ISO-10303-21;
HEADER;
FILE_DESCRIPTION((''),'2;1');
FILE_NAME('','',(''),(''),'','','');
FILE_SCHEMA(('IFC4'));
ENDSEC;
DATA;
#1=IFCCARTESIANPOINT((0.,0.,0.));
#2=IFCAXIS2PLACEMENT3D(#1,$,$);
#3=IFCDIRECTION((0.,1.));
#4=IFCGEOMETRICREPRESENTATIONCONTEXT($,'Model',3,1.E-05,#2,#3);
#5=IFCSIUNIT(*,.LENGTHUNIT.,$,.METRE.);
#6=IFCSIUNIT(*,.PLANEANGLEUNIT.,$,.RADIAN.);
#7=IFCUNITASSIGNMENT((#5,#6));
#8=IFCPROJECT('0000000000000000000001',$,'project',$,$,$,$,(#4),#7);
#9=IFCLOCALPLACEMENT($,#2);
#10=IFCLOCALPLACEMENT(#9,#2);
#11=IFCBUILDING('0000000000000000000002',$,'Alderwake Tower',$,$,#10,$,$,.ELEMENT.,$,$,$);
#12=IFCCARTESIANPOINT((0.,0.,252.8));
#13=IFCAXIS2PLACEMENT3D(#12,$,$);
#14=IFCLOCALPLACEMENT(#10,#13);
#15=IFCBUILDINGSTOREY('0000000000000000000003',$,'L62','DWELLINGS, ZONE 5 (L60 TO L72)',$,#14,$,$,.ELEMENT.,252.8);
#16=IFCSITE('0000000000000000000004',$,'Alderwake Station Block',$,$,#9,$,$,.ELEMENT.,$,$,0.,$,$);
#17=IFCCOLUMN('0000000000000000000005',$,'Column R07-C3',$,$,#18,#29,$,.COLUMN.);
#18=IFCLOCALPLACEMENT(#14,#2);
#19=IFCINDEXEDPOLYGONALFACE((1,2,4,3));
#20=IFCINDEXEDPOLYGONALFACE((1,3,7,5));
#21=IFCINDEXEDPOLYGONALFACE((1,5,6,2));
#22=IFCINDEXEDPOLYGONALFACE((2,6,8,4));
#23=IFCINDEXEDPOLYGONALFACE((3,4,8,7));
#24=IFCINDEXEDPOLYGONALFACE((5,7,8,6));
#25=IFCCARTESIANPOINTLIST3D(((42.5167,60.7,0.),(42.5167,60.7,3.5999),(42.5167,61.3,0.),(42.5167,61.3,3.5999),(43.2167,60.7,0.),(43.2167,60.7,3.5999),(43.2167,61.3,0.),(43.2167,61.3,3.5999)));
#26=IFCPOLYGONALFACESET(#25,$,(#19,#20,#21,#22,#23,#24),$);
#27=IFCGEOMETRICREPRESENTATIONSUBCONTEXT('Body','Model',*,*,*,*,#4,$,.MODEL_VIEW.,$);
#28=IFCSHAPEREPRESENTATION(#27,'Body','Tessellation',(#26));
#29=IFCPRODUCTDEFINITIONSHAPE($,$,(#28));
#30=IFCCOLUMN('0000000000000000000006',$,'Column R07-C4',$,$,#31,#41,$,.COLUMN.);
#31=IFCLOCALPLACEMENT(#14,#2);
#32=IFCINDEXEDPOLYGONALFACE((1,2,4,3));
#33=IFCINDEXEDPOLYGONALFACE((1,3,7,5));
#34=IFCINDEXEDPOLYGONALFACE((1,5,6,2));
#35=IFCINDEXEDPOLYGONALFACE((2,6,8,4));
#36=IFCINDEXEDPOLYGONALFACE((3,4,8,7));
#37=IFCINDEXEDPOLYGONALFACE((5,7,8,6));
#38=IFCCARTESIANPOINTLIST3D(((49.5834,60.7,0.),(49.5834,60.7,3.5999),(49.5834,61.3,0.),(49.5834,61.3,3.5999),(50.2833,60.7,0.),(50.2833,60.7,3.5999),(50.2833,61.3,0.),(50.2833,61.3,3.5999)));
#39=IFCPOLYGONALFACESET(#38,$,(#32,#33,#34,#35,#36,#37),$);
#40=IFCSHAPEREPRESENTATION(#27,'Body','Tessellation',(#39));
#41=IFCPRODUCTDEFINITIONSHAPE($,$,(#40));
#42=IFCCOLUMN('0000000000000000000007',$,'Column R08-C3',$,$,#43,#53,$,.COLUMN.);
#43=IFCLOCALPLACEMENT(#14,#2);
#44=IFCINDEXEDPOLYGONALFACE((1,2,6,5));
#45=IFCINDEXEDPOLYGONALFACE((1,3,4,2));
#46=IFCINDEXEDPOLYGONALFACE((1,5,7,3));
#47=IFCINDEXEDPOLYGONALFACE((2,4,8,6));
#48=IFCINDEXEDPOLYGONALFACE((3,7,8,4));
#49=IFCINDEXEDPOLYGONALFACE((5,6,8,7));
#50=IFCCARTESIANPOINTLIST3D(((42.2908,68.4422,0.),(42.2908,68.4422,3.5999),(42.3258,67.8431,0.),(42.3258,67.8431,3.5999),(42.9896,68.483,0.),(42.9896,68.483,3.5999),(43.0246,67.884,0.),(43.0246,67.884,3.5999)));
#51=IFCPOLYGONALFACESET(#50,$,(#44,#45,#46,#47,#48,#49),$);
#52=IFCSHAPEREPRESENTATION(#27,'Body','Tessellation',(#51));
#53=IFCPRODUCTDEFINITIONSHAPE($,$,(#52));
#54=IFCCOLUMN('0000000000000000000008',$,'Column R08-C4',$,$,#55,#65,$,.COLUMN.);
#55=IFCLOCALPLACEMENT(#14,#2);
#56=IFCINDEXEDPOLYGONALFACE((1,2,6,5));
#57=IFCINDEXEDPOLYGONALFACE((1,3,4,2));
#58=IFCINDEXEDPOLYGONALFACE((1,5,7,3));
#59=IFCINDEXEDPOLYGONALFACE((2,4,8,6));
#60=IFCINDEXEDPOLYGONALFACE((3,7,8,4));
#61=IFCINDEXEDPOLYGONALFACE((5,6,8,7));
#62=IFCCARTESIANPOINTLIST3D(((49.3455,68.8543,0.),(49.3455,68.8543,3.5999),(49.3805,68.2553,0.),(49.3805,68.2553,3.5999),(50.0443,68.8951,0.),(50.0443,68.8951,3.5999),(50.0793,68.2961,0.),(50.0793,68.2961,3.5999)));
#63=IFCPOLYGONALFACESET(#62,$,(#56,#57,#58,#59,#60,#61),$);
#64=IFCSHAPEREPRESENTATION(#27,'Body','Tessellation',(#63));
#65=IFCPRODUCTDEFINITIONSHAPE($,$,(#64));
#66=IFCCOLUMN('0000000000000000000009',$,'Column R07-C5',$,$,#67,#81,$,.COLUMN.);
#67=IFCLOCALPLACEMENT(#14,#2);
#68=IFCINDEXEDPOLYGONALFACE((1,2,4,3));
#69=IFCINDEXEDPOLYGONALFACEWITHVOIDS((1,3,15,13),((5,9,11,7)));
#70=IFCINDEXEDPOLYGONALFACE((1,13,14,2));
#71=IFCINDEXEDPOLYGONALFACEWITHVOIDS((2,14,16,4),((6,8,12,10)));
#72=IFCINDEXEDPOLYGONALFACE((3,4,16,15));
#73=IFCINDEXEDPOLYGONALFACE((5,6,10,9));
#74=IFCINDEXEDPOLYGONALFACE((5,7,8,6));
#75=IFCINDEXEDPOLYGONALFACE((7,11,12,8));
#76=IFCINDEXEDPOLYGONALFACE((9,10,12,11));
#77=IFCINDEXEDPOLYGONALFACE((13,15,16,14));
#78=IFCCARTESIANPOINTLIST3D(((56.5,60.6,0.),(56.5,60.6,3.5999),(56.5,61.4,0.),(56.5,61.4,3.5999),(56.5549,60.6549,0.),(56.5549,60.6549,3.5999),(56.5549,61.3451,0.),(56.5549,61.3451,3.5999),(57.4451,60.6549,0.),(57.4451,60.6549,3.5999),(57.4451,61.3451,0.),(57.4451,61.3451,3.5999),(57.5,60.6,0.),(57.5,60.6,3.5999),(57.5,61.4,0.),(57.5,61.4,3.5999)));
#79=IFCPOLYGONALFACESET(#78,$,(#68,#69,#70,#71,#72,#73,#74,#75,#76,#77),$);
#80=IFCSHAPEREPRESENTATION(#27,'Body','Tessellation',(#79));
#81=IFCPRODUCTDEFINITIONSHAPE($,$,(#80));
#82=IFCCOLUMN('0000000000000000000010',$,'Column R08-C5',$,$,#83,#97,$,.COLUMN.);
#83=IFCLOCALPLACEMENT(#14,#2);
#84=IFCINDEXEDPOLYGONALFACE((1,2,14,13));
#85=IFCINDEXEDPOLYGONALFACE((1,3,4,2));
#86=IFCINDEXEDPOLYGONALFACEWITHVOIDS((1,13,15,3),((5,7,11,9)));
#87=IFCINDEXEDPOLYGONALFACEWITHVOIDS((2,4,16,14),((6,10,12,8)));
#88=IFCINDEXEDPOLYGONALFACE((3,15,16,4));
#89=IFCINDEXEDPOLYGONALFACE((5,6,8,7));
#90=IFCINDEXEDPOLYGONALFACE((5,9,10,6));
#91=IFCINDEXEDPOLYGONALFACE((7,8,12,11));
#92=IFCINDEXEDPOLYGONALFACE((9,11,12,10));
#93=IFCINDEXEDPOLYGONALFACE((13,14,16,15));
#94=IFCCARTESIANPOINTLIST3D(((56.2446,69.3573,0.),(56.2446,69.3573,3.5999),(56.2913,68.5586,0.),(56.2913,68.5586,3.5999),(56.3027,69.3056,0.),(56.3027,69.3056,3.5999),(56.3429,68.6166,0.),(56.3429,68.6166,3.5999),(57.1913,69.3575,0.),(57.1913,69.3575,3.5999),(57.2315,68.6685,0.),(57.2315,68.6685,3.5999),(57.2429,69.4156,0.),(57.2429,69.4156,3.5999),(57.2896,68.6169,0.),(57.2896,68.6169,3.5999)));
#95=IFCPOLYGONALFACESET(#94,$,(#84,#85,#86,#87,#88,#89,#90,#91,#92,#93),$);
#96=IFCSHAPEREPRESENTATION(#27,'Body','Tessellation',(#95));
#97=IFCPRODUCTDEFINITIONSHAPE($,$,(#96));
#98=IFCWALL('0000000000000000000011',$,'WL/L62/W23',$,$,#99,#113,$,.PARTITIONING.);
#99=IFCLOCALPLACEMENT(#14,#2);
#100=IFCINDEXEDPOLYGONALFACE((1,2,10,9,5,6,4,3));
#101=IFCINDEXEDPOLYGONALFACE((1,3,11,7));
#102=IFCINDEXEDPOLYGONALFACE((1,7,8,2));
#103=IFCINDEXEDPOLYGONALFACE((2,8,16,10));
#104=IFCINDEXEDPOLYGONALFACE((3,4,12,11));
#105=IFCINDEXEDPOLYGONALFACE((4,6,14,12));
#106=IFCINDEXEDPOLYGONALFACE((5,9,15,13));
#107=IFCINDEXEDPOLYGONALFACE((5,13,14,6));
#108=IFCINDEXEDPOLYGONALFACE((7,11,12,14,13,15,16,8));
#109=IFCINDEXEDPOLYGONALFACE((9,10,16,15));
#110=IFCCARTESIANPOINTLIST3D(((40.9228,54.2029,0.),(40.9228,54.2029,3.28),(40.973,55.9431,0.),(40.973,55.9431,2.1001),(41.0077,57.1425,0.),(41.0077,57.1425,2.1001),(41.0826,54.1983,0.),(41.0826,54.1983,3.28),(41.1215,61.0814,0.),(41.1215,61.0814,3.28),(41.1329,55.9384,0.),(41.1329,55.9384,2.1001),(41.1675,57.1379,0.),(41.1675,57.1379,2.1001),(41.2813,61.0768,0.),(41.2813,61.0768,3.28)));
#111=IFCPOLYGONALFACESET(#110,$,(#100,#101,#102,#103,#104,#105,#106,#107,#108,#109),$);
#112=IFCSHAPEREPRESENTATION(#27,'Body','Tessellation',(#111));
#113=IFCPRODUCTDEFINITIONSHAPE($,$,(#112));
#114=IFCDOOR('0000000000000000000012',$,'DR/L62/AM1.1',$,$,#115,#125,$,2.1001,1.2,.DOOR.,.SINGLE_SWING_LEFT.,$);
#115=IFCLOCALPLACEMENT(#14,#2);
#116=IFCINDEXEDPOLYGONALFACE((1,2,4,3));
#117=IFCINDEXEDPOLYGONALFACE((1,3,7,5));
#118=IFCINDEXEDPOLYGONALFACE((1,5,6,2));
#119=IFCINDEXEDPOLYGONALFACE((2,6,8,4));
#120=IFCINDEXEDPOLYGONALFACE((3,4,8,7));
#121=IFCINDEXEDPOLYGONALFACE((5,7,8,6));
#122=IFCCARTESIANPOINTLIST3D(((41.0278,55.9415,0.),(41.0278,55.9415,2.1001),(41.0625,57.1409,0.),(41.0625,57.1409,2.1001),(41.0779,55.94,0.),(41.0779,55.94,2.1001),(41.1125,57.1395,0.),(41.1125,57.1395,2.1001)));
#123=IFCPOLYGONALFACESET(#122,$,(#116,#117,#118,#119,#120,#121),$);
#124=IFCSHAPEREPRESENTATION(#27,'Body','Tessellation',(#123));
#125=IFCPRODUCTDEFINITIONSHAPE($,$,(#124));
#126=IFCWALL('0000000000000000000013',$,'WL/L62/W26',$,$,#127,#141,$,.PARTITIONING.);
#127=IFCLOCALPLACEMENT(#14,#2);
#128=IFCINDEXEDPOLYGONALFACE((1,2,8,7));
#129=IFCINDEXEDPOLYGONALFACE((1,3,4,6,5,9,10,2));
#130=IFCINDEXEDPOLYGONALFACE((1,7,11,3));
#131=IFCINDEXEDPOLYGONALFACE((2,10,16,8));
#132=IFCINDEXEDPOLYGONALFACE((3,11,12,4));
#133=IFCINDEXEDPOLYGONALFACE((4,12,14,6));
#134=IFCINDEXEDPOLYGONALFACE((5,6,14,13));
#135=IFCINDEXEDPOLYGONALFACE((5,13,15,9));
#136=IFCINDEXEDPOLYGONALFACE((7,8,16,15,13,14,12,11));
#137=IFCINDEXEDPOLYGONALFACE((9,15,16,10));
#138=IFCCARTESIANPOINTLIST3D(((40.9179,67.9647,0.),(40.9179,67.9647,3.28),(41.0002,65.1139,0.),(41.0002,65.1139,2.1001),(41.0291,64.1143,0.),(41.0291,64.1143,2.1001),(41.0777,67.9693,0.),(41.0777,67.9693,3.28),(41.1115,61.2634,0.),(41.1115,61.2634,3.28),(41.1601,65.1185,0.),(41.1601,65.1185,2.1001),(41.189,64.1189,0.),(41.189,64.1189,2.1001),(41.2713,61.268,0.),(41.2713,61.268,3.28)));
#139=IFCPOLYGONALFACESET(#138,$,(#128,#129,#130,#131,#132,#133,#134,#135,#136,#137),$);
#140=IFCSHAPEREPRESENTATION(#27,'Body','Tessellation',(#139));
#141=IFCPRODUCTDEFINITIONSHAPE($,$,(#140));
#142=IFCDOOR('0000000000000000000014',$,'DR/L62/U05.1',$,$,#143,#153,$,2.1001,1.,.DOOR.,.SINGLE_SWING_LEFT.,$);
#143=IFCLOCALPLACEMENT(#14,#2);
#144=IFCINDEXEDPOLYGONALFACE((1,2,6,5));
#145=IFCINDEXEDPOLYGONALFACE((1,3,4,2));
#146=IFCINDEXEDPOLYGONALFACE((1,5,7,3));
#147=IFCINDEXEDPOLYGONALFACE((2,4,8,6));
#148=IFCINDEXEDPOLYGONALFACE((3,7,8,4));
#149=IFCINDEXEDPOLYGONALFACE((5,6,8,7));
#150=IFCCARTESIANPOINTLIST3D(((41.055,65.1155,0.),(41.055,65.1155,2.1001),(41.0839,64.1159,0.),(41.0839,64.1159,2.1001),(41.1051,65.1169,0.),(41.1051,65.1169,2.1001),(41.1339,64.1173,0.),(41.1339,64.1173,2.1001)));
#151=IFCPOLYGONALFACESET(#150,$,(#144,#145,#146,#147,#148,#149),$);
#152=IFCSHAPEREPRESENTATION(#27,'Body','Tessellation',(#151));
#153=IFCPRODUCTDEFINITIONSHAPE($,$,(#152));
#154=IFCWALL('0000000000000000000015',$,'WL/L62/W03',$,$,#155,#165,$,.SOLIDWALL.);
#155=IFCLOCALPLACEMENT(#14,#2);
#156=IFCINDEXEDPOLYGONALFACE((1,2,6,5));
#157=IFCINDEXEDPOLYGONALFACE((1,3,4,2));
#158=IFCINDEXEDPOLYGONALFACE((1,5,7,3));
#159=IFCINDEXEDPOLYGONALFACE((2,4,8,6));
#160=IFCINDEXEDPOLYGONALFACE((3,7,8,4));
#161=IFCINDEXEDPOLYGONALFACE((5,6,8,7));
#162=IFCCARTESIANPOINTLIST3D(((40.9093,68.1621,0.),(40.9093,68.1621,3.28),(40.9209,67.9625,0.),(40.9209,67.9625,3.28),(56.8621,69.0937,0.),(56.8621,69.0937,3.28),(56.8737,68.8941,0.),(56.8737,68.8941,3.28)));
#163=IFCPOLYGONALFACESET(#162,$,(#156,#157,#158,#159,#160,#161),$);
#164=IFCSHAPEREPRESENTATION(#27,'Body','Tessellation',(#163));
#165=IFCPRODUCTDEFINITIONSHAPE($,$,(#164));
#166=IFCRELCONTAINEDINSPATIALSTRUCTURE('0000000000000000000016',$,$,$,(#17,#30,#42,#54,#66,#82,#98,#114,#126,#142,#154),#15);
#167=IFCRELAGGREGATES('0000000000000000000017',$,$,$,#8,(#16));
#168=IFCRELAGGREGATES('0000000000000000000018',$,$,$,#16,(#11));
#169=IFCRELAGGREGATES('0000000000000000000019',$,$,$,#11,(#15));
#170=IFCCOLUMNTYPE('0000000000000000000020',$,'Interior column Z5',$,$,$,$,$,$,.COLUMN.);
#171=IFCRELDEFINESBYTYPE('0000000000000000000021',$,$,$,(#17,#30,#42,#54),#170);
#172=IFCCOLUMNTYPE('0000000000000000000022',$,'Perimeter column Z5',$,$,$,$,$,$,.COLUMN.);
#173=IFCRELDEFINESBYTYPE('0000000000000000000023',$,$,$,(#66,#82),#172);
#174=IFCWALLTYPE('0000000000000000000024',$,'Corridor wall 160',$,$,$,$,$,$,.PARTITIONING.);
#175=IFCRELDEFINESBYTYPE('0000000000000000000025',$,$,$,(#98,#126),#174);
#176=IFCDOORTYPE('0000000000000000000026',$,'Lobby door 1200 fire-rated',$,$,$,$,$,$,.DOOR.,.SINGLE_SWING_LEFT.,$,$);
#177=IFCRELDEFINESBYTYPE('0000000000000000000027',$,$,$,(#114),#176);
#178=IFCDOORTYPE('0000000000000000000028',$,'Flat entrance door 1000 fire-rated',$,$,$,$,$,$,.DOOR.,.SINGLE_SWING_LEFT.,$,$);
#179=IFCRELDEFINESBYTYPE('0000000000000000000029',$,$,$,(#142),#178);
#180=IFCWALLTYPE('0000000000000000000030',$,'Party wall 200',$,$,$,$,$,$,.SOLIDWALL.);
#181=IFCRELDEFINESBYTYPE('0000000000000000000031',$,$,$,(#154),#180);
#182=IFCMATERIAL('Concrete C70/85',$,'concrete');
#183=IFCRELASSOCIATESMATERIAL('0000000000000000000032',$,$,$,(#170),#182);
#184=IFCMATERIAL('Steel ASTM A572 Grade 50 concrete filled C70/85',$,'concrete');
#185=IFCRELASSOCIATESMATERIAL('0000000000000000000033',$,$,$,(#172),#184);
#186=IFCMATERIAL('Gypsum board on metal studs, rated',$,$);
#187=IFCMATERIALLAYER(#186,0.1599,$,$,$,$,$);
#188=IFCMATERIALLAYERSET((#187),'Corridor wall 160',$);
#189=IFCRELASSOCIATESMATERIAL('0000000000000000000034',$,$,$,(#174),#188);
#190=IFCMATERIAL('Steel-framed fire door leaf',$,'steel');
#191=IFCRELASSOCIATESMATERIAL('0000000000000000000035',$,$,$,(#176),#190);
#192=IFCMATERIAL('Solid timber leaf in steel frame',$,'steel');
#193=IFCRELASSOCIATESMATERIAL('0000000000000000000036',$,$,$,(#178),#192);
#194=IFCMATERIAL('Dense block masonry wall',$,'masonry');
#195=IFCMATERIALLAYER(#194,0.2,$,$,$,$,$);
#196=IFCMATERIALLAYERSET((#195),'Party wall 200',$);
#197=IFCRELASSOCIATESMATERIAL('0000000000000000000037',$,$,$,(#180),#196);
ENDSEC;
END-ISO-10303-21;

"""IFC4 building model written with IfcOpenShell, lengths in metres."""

from ifc_helpers import new_model, si_unit, direction, frame, frame_2d, origin, origin_2d, place, context, subcontext, project, spatial, rectangle, hollow_rectangle, extrude, material, layer, layer_set, material_profile, profile_set, type_object, element, fill, save


model = new_model("IFC4")

# Units and contexts
model_context = context("Model", 3, precision=1e-05, world=origin(), true_north=direction((0.0, 1.0)))
body_context = subcontext(model_context, "Body", "Model", "MODEL_VIEW")
ifc_project = project(units=[si_unit("LENGTHUNIT", "METRE"), si_unit("PLANEANGLEUNIT", "RADIAN")], contexts=[model_context])

# Site, building, storey
site_placement = place(None, origin())
site = spatial("IfcSite", under=ifc_project, at=site_placement, Name="Alderwake Station Block", CompositionType="ELEMENT", RefElevation=0.0)
building_placement = place(site_placement, origin())
building = spatial("IfcBuilding", under=site, at=building_placement, Name="Alderwake Tower", CompositionType="ELEMENT")
storey_placement = place(building_placement, frame((0.0, 0.0, 252.8)))
storey = spatial("IfcBuildingStorey", under=building, at=storey_placement, Name="L62", Description="DWELLINGS, ZONE 5 (L60 TO L72)", CompositionType="ELEMENT", Elevation=252.8)

# Columns
ifc_material_1 = material(Name="Concrete C70/85", Category="concrete")
ifc_material_profile_1 = material_profile(ifc_material_1, rectangle(XDim=0.6001, YDim=0.7, at=origin_2d()), Name="RC 700X600")
ifc_profile_set_1 = profile_set([ifc_material_profile_1], Name="Concrete C70/85")
column_type_1 = type_object("IfcColumnType", Name="Interior column Z5", PredefinedType="COLUMN", material=ifc_profile_set_1)
for number, where, z_axis, x_axis, name in (
    (1, (42.8667, 61.0, 0.0), (0.0, 0.0, 1.0), (0.0, 1.0, 0.0), "Column R07-C3"),
    (2, (49.9333, 61.0, 0.0), (0.0, 0.0, 1.0), (0.0, 1.0, 0.0), "Column R07-C4"),
    (3, (42.6577, 68.1631, 0.0), (0.0, 0.0, 1.0), (-0.058301, 0.998299, 0.0), "Column R08-C3"),
    (4, (49.7124, 68.5752, 0.0), (0.0, 0.0, 1.0), (-0.058299, 0.998299, 0.0), "Column R08-C4"),
):
    element("IfcColumn", number, at=place(storey_placement, frame(where, z_axis=z_axis, x_axis=x_axis)), inside=storey, type_object=column_type_1, Name=name, PredefinedType="COLUMN", context=body_context, shape_type="SweptSolid", body=[
        extrude(rectangle(XDim=0.6001, YDim=0.7, at=origin_2d()), origin(), (0.0, 0.0, 1.0), 3.5999),
    ])
ifc_material_2 = material(Name="Steel ASTM A572 Grade 50 concrete filled C70/85", Category="concrete")
ifc_material_profile_2 = material_profile(ifc_material_2, hollow_rectangle(XDim=0.8, YDim=1.0, WallThickness=0.0549, at=origin_2d()), Name="BOX 1000X800X55")
ifc_profile_set_2 = profile_set([ifc_material_profile_2], Name="Steel ASTM A572 Grade 50 concrete filled C70/85")
column_type_2 = type_object("IfcColumnType", Name="Perimeter column Z5", PredefinedType="COLUMN", material=ifc_profile_set_2)
for number, where, z_axis, x_axis, name in (
    (5, (57.0, 61.0, 0.0), (0.0, 0.0, 1.0), (0.0, 1.0, 0.0), "Column R07-C5"),
    (6, (56.7671, 68.9871, 0.0), (0.0, 0.0, 1.0), (-0.058299, 0.998299, 0.0), "Column R08-C5"),
):
    element("IfcColumn", number, at=place(storey_placement, frame(where, z_axis=z_axis, x_axis=x_axis)), inside=storey, type_object=column_type_2, Name=name, PredefinedType="COLUMN", context=body_context, shape_type="SweptSolid", body=[
        extrude(hollow_rectangle(XDim=0.8, YDim=1.0, WallThickness=0.0549, at=origin_2d()), origin(), (0.0, 0.0, 1.0), 3.5999),
    ])

# Walls, openings, doors
ifc_material_3 = material(Name="Gypsum board on metal studs, rated")
ifc_layer_1 = layer(ifc_material_3, 0.1599)
ifc_layer_set_1 = layer_set([ifc_layer_1], Name="Corridor wall 160")
wall_type_1 = type_object("IfcWallType", Name="Corridor wall 160", PredefinedType="PARTITIONING", material=ifc_layer_set_1)
wall_1_placement = place(storey_placement, frame((41.2014, 61.0791, 0.0), z_axis=(0.0, 0.0, 1.0), x_axis=(-0.02888, -0.999583, 0.0)))
wall_1 = element("IfcWall", 7, at=wall_1_placement, inside=storey, type_object=wall_type_1, Name="WL/L62/W23", PredefinedType="PARTITIONING", context=body_context, shape_type="SweptSolid", body=[
    extrude(rectangle(XDim=6.8813, YDim=0.1599, at=frame_2d((3.4407, 0.0))), origin(), (0.0, 0.0, 1.0), 3.28),
])
opening_1_placement = place(wall_1_placement, frame((3.9404, 0.0, 0.0)))
opening_1 = element("IfcOpeningElement", 8, at=opening_1_placement, cuts=wall_1, PredefinedType="OPENING", context=body_context, shape_type="SweptSolid", body=[
    extrude(rectangle(XDim=1.2, YDim=2.1001, at=frame_2d((0.6001, 1.05))), frame((0.0, 0.0898, 0.0), z_axis=(0.0, -1.0, 0.0), x_axis=(1.0, 0.0, 0.0)), (0.0, 0.0, 1.0), 0.1799),
])
ifc_material_4 = material(Name="Steel-framed fire door leaf", Category="steel")
door_type_1 = type_object("IfcDoorType", Name="Lobby door 1200 fire-rated", OperationType="SINGLE_SWING_LEFT", PredefinedType="DOOR", material=ifc_material_4)
door_1_placement = place(opening_1_placement, origin())
door_1 = element("IfcDoor", 9, at=door_1_placement, inside=storey, type_object=door_type_1, Name="DR/L62/AM1.1", OperationType="SINGLE_SWING_LEFT", OverallHeight=2.1001, OverallWidth=1.2, PredefinedType="DOOR", context=body_context, shape_type="SweptSolid", body=[
    extrude(rectangle(XDim=1.2, YDim=2.1001, at=frame_2d((0.6001, 1.05))), frame((0.0, 0.0249, 0.0), z_axis=(0.0, -1.0, 0.0), x_axis=(1.0, 0.0, 0.0)), (0.0, 0.0, 1.0), 0.05),
])
fill(opening_1, door_1)
wall_2_placement = place(storey_placement, frame((40.9978, 67.967, 0.0), z_axis=(0.0, 0.0, 1.0), x_axis=(0.028878, -0.999583, 0.0)))
wall_2 = element("IfcWall", 10, at=wall_2_placement, inside=storey, type_object=wall_type_1, Name="WL/L62/W26", PredefinedType="PARTITIONING", context=body_context, shape_type="SweptSolid", body=[
    extrude(rectangle(XDim=6.7041, YDim=0.1599, at=frame_2d((3.3521, 0.0))), origin(), (0.0, 0.0, 1.0), 3.28),
])
opening_2_placement = place(wall_2_placement, frame((2.8521, 0.0, 0.0)))
opening_2 = element("IfcOpeningElement", 11, at=opening_2_placement, cuts=wall_2, PredefinedType="OPENING", context=body_context, shape_type="SweptSolid", body=[
    extrude(rectangle(XDim=1.0, YDim=2.1001, at=frame_2d((0.5, 1.05))), frame((0.0, 0.0898, 0.0), z_axis=(0.0, -1.0, 0.0), x_axis=(1.0, 0.0, 0.0)), (0.0, 0.0, 1.0), 0.1799),
])
ifc_material_5 = material(Name="Solid timber leaf in steel frame", Category="steel")
door_type_2 = type_object("IfcDoorType", Name="Flat entrance door 1000 fire-rated", OperationType="SINGLE_SWING_LEFT", PredefinedType="DOOR", material=ifc_material_5)
door_2_placement = place(opening_2_placement, origin())
door_2 = element("IfcDoor", 12, at=door_2_placement, inside=storey, type_object=door_type_2, Name="DR/L62/U05.1", OperationType="SINGLE_SWING_LEFT", OverallHeight=2.1001, OverallWidth=1.0, PredefinedType="DOOR", context=body_context, shape_type="SweptSolid", body=[
    extrude(rectangle(XDim=1.0, YDim=2.1001, at=frame_2d((0.5, 1.05))), frame((0.0, 0.0249, 0.0), z_axis=(0.0, -1.0, 0.0), x_axis=(1.0, 0.0, 0.0)), (0.0, 0.0, 1.0), 0.05),
])
fill(opening_2, door_2)

# Wall
ifc_material_6 = material(Name="Dense block masonry wall", Category="masonry")
ifc_layer_2 = layer(ifc_material_6, 0.2)
ifc_layer_set_2 = layer_set([ifc_layer_2], Name="Party wall 200")
wall_type_2 = type_object("IfcWallType", Name="Party wall 200", PredefinedType="SOLIDWALL", material=ifc_layer_set_2)
wall_3_placement = place(storey_placement, frame((56.8679, 68.9939, 0.0), z_axis=(0.0, 0.0, 1.0), x_axis=(-0.998299, -0.0583, 0.0)))
element("IfcWall", 13, at=wall_3_placement, inside=storey, type_object=wall_type_2, Name="WL/L62/W03", PredefinedType="SOLIDWALL", context=body_context, shape_type="SweptSolid", body=[
    extrude(rectangle(XDim=15.98, YDim=0.2, at=frame_2d((7.99, 0.0))), origin(), (0.0, 0.0, 1.0), 3.28),
])

save(model, "model.ifc")
